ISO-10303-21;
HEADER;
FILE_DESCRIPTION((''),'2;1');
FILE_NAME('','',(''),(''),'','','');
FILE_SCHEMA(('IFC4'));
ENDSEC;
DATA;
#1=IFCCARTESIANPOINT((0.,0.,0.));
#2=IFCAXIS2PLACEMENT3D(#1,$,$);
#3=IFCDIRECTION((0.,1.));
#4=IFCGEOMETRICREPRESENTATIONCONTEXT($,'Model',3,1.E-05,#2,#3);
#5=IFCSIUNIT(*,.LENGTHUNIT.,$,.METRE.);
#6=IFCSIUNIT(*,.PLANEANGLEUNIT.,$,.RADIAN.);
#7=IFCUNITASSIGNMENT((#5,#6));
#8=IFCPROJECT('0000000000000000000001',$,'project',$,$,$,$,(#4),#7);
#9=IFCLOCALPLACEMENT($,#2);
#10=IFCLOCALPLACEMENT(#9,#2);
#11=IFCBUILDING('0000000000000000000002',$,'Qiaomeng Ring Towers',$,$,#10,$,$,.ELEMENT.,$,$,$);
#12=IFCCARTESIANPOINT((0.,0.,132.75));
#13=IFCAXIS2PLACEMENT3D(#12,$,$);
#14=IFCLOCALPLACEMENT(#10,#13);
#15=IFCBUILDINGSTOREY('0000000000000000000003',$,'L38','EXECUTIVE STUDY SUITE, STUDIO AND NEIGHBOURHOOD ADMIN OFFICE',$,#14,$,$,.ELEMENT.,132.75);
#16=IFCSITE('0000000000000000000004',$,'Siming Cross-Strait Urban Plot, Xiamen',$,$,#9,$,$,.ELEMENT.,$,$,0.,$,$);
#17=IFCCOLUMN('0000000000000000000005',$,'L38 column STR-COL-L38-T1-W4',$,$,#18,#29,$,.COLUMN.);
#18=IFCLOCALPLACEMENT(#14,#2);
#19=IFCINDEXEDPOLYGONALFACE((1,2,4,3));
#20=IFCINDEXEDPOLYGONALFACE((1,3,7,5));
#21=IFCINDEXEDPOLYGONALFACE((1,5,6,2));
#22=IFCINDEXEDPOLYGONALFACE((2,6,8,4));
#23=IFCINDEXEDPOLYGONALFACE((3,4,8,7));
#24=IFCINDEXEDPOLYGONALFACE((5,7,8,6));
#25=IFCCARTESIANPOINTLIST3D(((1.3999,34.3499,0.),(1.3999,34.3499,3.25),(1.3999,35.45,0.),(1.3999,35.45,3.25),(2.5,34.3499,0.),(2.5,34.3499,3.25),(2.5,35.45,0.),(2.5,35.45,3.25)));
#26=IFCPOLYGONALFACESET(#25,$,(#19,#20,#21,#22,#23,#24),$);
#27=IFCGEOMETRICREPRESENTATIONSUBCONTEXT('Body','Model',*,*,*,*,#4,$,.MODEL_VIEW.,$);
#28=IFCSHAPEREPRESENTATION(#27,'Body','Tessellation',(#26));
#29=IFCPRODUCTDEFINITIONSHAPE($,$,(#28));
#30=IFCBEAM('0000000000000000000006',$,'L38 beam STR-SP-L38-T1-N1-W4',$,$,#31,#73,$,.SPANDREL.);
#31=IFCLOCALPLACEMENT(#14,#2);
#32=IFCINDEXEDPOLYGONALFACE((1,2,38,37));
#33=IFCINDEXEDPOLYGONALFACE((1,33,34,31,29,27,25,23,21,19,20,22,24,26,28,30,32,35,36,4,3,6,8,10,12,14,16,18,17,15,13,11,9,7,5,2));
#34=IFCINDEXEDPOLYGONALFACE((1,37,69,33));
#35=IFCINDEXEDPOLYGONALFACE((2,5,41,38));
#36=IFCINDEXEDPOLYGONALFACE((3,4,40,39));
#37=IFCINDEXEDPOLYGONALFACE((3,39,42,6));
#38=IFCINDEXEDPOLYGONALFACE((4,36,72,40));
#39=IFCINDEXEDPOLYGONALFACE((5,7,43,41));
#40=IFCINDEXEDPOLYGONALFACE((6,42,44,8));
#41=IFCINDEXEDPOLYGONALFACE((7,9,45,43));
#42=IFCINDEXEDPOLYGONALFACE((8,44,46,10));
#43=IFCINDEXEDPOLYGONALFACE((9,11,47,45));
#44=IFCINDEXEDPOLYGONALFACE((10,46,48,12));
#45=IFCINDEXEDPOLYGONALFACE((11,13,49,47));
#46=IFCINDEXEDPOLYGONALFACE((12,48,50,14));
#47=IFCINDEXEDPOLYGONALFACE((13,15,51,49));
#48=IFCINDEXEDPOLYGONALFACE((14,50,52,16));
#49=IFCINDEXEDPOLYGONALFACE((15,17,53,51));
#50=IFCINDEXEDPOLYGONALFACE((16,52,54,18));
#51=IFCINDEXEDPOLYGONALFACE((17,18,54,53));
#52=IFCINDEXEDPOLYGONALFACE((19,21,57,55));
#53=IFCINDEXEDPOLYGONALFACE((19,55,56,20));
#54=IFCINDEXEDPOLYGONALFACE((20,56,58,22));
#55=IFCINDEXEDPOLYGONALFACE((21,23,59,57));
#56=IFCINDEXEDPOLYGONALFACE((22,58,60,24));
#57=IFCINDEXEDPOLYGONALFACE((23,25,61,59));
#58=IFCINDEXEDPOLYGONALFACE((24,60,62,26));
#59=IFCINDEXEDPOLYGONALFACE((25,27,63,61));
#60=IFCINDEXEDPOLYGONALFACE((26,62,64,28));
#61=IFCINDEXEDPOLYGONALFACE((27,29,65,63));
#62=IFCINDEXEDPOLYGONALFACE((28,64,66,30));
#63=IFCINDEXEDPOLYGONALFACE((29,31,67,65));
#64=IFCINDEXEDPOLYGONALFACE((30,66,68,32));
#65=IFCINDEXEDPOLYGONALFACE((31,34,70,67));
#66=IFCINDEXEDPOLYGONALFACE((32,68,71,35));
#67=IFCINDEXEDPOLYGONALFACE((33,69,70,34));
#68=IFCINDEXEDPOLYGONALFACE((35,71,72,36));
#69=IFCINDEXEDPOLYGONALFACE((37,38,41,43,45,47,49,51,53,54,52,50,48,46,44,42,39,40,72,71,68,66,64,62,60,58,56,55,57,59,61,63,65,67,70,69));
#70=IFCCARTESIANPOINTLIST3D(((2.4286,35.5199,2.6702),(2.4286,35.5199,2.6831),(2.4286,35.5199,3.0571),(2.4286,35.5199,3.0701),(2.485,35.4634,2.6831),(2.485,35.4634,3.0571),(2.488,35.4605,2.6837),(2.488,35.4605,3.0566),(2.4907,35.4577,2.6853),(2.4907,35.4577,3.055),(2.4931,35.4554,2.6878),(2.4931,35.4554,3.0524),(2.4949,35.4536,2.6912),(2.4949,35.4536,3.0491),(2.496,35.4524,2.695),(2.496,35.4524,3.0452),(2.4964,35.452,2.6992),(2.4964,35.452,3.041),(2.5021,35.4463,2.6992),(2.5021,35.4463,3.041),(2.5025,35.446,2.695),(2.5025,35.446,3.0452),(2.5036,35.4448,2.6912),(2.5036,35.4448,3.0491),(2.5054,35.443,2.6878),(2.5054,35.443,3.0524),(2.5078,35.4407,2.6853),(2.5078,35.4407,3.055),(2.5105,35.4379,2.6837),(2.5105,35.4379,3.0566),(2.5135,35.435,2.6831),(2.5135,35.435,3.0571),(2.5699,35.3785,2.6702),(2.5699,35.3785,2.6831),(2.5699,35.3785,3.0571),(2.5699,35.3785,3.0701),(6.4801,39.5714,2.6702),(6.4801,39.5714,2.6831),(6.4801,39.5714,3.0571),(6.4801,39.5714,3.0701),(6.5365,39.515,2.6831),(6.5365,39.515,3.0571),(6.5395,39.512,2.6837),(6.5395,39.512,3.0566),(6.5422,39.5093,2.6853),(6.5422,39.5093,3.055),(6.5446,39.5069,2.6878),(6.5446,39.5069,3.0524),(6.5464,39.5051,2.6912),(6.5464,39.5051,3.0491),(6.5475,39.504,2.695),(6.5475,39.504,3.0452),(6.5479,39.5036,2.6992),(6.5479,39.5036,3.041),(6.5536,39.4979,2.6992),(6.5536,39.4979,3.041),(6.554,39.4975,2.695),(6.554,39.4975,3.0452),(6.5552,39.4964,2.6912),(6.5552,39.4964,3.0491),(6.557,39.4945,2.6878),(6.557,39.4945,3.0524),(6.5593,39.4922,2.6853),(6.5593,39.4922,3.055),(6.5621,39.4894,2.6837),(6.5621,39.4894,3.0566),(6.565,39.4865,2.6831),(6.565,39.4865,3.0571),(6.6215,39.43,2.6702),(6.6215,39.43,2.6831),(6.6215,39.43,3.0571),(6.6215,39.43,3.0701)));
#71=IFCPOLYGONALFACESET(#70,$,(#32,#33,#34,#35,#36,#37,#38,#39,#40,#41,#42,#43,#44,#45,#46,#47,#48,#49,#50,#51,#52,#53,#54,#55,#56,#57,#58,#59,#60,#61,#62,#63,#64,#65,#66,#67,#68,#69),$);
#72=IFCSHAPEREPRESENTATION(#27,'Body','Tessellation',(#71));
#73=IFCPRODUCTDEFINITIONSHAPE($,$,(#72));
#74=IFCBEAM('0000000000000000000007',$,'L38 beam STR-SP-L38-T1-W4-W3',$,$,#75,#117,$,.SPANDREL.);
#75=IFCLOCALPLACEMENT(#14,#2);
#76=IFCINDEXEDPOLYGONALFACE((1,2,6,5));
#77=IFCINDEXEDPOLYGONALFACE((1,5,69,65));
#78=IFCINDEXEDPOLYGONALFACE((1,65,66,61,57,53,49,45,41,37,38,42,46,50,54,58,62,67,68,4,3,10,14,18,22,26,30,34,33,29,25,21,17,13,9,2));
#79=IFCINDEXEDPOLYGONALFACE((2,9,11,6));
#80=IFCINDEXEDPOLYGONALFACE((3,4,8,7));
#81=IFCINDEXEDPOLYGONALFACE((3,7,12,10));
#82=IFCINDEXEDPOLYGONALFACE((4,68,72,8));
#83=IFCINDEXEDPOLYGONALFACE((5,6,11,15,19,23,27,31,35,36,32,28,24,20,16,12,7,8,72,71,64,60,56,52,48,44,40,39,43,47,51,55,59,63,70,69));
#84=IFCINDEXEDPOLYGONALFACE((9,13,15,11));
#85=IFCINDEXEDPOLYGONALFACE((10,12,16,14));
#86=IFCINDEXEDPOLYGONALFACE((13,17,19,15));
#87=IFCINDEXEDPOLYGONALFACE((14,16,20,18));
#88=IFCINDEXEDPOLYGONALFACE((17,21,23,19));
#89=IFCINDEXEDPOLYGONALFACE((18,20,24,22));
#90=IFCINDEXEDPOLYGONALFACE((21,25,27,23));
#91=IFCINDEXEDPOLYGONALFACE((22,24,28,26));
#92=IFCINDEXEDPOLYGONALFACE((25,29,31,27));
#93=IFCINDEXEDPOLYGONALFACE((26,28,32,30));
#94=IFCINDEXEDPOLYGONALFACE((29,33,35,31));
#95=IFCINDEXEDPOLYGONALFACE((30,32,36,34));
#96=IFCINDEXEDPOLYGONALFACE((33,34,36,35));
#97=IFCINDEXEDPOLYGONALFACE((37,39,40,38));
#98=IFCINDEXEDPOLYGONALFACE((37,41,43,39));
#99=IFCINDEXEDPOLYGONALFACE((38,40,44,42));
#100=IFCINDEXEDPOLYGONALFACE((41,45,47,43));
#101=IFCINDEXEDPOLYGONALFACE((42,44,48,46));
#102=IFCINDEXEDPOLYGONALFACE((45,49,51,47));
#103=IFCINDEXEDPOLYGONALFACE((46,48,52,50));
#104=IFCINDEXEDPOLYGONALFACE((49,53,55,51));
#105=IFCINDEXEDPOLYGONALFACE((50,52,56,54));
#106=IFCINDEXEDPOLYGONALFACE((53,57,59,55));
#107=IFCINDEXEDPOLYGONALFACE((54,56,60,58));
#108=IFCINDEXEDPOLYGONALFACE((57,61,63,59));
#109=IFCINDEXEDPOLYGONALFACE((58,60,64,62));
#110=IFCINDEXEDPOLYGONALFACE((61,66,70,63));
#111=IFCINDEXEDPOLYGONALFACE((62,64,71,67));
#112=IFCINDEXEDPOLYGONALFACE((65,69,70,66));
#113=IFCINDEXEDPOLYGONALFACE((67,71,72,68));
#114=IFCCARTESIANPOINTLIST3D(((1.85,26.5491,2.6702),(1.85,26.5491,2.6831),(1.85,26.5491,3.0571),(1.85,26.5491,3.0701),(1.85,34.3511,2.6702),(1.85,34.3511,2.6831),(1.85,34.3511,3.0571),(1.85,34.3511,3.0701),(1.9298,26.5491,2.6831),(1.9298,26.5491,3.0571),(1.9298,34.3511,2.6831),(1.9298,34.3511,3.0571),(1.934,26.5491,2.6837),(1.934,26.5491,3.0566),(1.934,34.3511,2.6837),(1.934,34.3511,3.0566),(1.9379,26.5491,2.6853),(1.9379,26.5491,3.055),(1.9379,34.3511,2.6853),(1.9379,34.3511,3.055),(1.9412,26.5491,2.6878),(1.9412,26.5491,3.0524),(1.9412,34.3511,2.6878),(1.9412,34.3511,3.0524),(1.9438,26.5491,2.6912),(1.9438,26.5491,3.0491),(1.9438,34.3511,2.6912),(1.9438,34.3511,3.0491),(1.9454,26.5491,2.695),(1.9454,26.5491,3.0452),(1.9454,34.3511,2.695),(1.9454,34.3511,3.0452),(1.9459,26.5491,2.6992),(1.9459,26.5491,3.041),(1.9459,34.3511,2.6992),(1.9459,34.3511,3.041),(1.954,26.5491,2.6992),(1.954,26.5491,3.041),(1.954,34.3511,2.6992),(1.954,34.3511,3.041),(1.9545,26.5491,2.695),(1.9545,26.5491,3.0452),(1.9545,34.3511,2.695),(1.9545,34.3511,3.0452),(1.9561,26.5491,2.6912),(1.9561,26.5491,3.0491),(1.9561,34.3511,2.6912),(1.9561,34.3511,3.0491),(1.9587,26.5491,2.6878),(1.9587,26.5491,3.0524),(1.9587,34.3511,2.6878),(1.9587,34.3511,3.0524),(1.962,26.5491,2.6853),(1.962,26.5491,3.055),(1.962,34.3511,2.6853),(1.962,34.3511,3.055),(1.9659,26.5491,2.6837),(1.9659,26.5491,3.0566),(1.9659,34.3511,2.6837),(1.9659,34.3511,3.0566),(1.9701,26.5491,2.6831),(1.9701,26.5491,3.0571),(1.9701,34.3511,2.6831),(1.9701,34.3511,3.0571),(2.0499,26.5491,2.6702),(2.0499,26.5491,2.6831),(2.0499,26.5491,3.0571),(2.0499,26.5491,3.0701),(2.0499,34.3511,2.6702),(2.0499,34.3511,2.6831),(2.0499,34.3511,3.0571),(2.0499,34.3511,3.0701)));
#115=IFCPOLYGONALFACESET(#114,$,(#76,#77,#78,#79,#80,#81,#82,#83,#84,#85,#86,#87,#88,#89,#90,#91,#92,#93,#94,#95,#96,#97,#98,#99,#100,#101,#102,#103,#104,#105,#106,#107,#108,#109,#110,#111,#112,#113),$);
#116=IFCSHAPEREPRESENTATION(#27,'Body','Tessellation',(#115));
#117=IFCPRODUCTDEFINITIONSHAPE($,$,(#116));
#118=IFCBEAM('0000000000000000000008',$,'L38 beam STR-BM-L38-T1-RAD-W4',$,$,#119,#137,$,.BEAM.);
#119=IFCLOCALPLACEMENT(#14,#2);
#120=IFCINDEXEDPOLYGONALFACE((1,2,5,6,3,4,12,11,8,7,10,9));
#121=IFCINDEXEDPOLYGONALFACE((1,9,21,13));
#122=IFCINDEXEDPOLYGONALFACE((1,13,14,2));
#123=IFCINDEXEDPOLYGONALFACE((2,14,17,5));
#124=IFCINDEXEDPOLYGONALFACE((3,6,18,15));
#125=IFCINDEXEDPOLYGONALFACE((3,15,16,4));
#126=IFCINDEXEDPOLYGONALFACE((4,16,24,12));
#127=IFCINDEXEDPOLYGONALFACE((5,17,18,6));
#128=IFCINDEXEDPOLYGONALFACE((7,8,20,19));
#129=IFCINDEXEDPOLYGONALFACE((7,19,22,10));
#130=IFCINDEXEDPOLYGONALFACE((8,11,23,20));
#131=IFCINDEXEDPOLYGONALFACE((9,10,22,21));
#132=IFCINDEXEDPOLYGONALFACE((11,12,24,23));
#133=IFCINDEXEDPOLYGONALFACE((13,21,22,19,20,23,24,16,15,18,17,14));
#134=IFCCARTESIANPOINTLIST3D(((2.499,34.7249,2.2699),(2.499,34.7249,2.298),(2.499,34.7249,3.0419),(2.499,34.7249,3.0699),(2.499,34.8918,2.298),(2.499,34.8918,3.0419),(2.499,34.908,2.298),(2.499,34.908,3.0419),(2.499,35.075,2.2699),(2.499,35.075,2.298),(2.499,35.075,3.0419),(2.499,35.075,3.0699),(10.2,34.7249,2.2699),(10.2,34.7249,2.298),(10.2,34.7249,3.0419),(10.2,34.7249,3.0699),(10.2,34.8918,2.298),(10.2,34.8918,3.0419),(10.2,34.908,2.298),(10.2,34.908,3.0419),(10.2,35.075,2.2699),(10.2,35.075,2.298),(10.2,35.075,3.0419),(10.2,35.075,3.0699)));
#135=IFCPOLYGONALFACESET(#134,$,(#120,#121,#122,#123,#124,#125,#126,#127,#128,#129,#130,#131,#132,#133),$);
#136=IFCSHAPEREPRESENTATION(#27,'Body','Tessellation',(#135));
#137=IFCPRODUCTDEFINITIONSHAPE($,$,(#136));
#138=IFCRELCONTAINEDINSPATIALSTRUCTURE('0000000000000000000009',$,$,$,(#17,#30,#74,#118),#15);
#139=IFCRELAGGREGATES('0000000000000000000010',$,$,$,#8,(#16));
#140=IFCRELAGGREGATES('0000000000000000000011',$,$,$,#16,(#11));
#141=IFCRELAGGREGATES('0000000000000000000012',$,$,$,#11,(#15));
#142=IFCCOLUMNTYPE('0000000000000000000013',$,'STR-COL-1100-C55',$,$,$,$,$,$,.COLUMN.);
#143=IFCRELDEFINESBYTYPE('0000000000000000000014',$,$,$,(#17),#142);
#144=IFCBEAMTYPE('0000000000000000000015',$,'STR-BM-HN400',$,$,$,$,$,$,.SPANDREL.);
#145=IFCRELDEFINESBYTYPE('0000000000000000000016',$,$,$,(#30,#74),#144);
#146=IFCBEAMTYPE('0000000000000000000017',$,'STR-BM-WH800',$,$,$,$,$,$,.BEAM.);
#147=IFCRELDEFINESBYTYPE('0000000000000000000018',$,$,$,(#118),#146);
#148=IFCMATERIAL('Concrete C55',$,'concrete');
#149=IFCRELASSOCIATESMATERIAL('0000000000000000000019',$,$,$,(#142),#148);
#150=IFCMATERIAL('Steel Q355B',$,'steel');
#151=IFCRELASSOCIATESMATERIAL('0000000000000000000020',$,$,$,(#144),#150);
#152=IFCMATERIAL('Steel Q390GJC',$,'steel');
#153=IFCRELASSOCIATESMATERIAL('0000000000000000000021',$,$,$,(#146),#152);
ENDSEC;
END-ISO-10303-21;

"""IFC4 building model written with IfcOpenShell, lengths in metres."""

from ifc_helpers import new_model, si_unit, direction, frame, origin, origin_2d, place, context, subcontext, project, spatial, rectangle, i_section, extrude, source, transform, mapped, material, material_profile, profile_set, type_object, element, save


model = new_model("IFC4")

# Units and contexts
model_context = context("Model", 3, precision=1e-05, world=origin(), true_north=direction((0.0, 1.0)))
body_context = subcontext(model_context, "Body", "Model", "MODEL_VIEW")
ifc_project = project(units=[si_unit("LENGTHUNIT", "METRE"), si_unit("PLANEANGLEUNIT", "RADIAN")], contexts=[model_context])

# Site, building, storey
site_placement = place(None, origin())
site = spatial("IfcSite", under=ifc_project, at=site_placement, Name="Siming Cross-Strait Urban Plot, Xiamen", CompositionType="ELEMENT", RefElevation=0.0)
building_placement = place(site_placement, origin())
building = spatial("IfcBuilding", under=site, at=building_placement, Name="Qiaomeng Ring Towers", CompositionType="ELEMENT")
storey_placement = place(building_placement, frame((0.0, 0.0, 132.75)))
storey = spatial("IfcBuildingStorey", under=building, at=storey_placement, Name="L38", Description="EXECUTIVE STUDY SUITE, STUDIO AND NEIGHBOURHOOD ADMIN OFFICE", CompositionType="ELEMENT", Elevation=132.75)

# Column
ifc_material_1 = material(Name="Concrete C55", Category="concrete")
ifc_material_profile_1 = material_profile(ifc_material_1, rectangle(XDim=1.1001, YDim=1.1001, at=origin_2d()), Name="RC COL 1100x1100")
ifc_profile_set_1 = profile_set([ifc_material_profile_1], Name="Concrete C55")
column_type = type_object("IfcColumnType", Name="STR-COL-1100-C55", PredefinedType="COLUMN", material=ifc_profile_set_1)
shared_shape_1 = source(origin(), body_context, "Body", "SweptSolid", [
    extrude(rectangle(XDim=1.1001, YDim=1.1001, at=origin_2d()), origin(), (0.0, 0.0, 1.0), 3.25),
])
column_placement = place(storey_placement, frame((1.95, 34.8999, 0.0), z_axis=(0.0, 0.0, 1.0), x_axis=(1.0, 0.0, 0.0)))
element("IfcColumn", 1, at=column_placement, inside=storey, type_object=column_type, Name="L38 column STR-COL-L38-T1-W4", PredefinedType="COLUMN", context=body_context, shape_type="MappedRepresentation", body=[
    mapped(shared_shape_1, transform((0.0, 0.0, 0.0), x_axis=(1.0, 0.0, 0.0), y_axis=(0.0, 1.0, 0.0), z_axis=(0.0, 0.0, 1.0), scale=1.0)),
])

# Beams
ifc_material_2 = material(Name="Steel Q355B", Category="steel")
ifc_material_profile_2 = material_profile(ifc_material_2, i_section(OverallWidth=0.2, OverallDepth=0.3999, WebThickness=0.0081, FlangeThickness=0.0129, FilletRadius=0.0161, at=origin_2d()), Name="HN 400x200x8x13")
ifc_profile_set_2 = profile_set([ifc_material_profile_2], Name="Steel Q355B")
beam_type_1 = type_object("IfcBeamType", Name="STR-BM-HN400", PredefinedType="SPANDREL", material=ifc_profile_set_2)
shared_shape_2 = source(origin(), body_context, "Body", "SweptSolid", [
    extrude(i_section(OverallWidth=0.2, OverallDepth=0.3999, WebThickness=0.0081, FlangeThickness=0.0129, FilletRadius=0.0161, at=origin_2d()), origin(), (0.0, 0.0, 1.0), 5.7297),
])
beam_1_placement = place(storey_placement, frame((6.5508, 39.5007, 2.8701), z_axis=(-0.707107, -0.707107, 0.0), x_axis=(0.707107, -0.707107, 0.0)))
element("IfcBeam", 2, at=beam_1_placement, inside=storey, type_object=beam_type_1, Name="L38 beam STR-SP-L38-T1-N1-W4", PredefinedType="SPANDREL", context=body_context, shape_type="MappedRepresentation", body=[
    mapped(shared_shape_2, transform((0.0, 0.0, 0.0), x_axis=(1.0, 0.0, 0.0), y_axis=(0.0, 1.0, 0.0), z_axis=(0.0, 0.0, 1.0), scale=1.0)),
])
shared_shape_3 = source(origin(), body_context, "Body", "SweptSolid", [
    extrude(i_section(OverallWidth=0.2, OverallDepth=0.3999, WebThickness=0.0081, FlangeThickness=0.0129, FilletRadius=0.0161, at=origin_2d()), origin(), (0.0, 0.0, 1.0), 7.802),
])
beam_2_placement = place(storey_placement, frame((1.95, 34.3511, 2.8701), z_axis=(0.0, -1.0, 0.0), x_axis=(1.0, 0.0, 0.0)))
element("IfcBeam", 3, at=beam_2_placement, inside=storey, type_object=beam_type_1, Name="L38 beam STR-SP-L38-T1-W4-W3", PredefinedType="SPANDREL", context=body_context, shape_type="MappedRepresentation", body=[
    mapped(shared_shape_3, transform((0.0, 0.0, 0.0), x_axis=(1.0, 0.0, 0.0), y_axis=(0.0, 1.0, 0.0), z_axis=(0.0, 0.0, 1.0), scale=1.0)),
])
ifc_material_3 = material(Name="Steel Q390GJC", Category="steel")
ifc_material_profile_3 = material_profile(ifc_material_3, i_section(OverallWidth=0.3501, OverallDepth=0.8, WebThickness=0.0161, FlangeThickness=0.0281, at=origin_2d()), Name="WH 800x350x16x28")
ifc_profile_set_3 = profile_set([ifc_material_profile_3], Name="Steel Q390GJC")
beam_type_2 = type_object("IfcBeamType", Name="STR-BM-WH800", PredefinedType="BEAM", material=ifc_profile_set_3)
shared_shape_4 = source(origin(), body_context, "Body", "SweptSolid", [
    extrude(i_section(OverallWidth=0.3501, OverallDepth=0.8, WebThickness=0.0161, FlangeThickness=0.0281, at=origin_2d()), origin(), (0.0, 0.0, 1.0), 7.7009),
])
beam_3_placement = place(storey_placement, frame((2.499, 34.8999, 2.6699), z_axis=(1.0, 0.0, 0.0), x_axis=(0.0, 1.0, 0.0)))
element("IfcBeam", 4, at=beam_3_placement, inside=storey, type_object=beam_type_2, Name="L38 beam STR-BM-L38-T1-RAD-W4", PredefinedType="BEAM", context=body_context, shape_type="MappedRepresentation", body=[
    mapped(shared_shape_4, transform((0.0, 0.0, 0.0), x_axis=(1.0, 0.0, 0.0), y_axis=(0.0, 1.0, 0.0), z_axis=(0.0, 0.0, 1.0), scale=1.0)),
])

save(model, "model.ifc")
